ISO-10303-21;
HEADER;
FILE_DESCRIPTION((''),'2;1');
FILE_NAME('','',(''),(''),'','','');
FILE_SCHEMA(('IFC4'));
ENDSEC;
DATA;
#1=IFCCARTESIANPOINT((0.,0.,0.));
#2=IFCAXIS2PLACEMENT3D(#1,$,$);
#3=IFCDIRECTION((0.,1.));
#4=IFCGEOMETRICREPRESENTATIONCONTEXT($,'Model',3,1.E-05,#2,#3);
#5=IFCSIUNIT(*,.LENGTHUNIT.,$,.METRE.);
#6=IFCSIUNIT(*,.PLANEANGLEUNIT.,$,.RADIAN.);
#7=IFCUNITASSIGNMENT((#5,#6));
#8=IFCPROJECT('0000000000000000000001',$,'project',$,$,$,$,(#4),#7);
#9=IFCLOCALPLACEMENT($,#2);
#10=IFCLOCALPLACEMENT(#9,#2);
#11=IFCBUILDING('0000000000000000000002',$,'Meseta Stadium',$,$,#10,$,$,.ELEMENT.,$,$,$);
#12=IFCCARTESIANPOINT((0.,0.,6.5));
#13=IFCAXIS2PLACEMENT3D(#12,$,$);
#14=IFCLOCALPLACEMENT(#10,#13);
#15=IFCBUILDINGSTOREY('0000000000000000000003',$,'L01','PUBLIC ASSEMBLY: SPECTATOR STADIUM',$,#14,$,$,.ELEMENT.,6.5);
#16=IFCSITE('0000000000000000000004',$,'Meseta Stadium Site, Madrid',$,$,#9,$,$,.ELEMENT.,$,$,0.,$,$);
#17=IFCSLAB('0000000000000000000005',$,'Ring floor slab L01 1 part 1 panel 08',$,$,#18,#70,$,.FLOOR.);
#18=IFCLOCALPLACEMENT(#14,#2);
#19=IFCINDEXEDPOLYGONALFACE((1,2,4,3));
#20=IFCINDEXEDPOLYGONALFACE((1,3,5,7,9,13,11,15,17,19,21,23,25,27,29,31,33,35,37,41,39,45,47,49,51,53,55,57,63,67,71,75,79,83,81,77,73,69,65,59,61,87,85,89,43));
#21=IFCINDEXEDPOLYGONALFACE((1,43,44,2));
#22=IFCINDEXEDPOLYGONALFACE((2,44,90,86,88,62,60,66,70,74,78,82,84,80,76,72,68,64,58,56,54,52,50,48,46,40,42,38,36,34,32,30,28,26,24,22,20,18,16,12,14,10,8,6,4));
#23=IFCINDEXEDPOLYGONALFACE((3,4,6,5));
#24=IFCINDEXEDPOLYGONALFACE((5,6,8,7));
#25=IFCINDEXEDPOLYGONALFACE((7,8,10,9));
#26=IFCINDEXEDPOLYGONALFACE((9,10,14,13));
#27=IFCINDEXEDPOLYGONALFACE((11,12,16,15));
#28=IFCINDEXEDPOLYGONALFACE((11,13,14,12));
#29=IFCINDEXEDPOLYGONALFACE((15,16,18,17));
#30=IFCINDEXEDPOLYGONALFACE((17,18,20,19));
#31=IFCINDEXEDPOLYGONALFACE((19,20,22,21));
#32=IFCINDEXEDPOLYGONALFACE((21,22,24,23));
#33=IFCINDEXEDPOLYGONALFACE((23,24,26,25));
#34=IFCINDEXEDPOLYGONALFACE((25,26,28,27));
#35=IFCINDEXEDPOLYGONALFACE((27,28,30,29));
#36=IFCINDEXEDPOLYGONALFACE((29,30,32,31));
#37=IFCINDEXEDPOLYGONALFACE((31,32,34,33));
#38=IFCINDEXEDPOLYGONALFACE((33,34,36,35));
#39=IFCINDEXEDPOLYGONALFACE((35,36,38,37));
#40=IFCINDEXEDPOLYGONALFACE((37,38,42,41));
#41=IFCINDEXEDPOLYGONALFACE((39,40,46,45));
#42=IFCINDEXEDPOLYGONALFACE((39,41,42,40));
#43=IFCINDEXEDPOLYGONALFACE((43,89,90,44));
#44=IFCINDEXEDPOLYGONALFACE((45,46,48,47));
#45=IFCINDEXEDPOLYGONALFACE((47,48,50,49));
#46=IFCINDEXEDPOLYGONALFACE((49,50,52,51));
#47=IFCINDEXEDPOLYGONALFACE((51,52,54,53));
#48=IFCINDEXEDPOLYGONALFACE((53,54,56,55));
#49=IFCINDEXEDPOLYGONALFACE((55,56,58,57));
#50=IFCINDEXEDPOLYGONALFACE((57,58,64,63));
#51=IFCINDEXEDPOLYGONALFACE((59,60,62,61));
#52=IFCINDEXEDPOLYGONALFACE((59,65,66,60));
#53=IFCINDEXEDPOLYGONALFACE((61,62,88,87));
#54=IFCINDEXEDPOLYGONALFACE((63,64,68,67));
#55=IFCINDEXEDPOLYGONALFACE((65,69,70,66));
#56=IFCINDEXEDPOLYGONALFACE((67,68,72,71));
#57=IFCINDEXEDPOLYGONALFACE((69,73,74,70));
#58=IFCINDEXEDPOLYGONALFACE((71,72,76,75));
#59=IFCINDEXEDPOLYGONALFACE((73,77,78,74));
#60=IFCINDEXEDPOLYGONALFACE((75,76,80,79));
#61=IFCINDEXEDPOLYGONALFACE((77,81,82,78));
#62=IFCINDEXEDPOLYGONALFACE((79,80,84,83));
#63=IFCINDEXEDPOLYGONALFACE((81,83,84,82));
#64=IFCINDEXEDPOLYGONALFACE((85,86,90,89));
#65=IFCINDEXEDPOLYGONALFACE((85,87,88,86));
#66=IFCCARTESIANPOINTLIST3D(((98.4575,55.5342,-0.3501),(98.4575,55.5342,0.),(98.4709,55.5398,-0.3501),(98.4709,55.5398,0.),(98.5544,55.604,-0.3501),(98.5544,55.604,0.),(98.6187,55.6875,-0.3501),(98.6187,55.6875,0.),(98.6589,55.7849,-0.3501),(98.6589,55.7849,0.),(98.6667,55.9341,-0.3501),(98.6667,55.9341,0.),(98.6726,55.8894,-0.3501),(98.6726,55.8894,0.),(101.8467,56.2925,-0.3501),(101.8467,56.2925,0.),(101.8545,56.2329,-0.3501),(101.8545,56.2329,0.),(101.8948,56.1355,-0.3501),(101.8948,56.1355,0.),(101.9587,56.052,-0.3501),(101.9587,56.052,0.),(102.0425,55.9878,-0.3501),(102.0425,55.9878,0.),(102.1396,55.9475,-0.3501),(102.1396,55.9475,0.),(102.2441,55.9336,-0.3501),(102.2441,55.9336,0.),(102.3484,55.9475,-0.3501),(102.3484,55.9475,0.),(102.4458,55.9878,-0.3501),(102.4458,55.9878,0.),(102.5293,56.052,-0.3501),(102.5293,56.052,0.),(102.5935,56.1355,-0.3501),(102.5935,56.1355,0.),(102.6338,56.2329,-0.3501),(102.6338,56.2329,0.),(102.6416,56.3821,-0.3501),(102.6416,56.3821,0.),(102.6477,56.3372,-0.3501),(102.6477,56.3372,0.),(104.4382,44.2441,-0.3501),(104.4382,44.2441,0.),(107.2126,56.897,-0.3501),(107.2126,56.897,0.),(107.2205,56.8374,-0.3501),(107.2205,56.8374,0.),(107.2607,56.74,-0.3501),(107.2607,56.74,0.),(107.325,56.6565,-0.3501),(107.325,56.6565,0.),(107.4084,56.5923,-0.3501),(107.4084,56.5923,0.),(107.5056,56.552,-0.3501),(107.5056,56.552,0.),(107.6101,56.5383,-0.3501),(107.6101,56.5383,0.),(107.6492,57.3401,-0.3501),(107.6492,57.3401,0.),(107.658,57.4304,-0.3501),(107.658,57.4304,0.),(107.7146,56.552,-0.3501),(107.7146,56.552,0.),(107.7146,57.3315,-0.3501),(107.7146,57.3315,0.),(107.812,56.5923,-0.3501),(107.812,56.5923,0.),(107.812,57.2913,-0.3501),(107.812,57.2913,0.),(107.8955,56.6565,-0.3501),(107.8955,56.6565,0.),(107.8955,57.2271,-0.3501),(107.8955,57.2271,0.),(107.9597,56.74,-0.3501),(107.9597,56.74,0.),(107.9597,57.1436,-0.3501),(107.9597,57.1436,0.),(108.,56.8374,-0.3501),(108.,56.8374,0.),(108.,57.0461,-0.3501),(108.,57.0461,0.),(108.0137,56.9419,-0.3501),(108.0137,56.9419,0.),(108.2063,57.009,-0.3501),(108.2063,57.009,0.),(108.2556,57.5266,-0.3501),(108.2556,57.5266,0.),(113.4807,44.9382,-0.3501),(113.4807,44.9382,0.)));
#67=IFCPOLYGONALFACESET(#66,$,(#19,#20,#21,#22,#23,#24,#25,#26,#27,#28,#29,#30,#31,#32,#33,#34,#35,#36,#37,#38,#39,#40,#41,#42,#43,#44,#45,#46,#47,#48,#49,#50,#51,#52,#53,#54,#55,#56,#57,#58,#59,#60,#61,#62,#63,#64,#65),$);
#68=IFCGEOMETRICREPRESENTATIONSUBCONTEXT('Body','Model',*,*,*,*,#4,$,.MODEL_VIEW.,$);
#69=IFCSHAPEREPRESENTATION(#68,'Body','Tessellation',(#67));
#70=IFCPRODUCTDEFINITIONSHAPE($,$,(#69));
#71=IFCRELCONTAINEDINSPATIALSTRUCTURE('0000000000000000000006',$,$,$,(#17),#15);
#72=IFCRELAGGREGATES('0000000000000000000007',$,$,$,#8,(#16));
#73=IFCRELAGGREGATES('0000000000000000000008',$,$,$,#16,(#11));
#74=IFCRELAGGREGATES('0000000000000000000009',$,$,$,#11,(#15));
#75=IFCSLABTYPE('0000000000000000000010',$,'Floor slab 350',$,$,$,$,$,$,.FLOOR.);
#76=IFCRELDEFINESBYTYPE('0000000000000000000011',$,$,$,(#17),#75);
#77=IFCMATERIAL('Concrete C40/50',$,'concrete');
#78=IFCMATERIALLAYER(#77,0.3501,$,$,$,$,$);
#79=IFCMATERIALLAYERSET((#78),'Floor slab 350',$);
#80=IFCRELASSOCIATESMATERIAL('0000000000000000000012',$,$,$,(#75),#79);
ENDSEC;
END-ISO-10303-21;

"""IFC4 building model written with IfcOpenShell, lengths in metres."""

from ifc_helpers import new_model, si_unit, direction, frame, origin, place, context, subcontext, project, spatial, polyline, outline, extrude, material, layer, layer_set, type_object, element, save


model = new_model("IFC4")

# Units and contexts
model_context = context("Model", 3, precision=1e-05, world=origin(), true_north=direction((0.0, 1.0)))
body_context = subcontext(model_context, "Body", "Model", "MODEL_VIEW")
ifc_project = project(units=[si_unit("LENGTHUNIT", "METRE"), si_unit("PLANEANGLEUNIT", "RADIAN")], contexts=[model_context])

# Site, building, storey
site_placement = place(None, origin())
site = spatial("IfcSite", under=ifc_project, at=site_placement, Name="Meseta Stadium Site, Madrid", CompositionType="ELEMENT", RefElevation=0.0)
building_placement = place(site_placement, origin())
building = spatial("IfcBuilding", under=site, at=building_placement, Name="Meseta Stadium", CompositionType="ELEMENT")
storey_placement = place(building_placement, frame((0.0, 0.0, 6.5)))
storey = spatial("IfcBuildingStorey", under=building, at=storey_placement, Name="L01", Description="PUBLIC ASSEMBLY: SPECTATOR STADIUM", CompositionType="ELEMENT", Elevation=6.5)

# Slab
ifc_material_1 = material(Name="Concrete C40/50", Category="concrete")
ifc_layer_1 = layer(ifc_material_1, 0.3501)
ifc_layer_set_1 = layer_set([ifc_layer_1], Name="Floor slab 350")
slab_type_1 = type_object("IfcSlabType", Name="Floor slab 350", PredefinedType="FLOOR", material=ifc_layer_set_1)
slab_1_placement = place(storey_placement, frame((0.0, 0.0, -0.3501)))
element("IfcSlab", 1, at=slab_1_placement, inside=storey, type_object=slab_type_1, Name="Ring floor slab L01 1 part 1 panel 08", PredefinedType="FLOOR", context=body_context, shape_type="SweptSolid", body=[
    extrude(outline(polyline([(98.6667, 55.9341), (98.6726, 55.8894), (98.6589, 55.7849), (98.6187, 55.6875), (98.5544, 55.604), (98.4709, 55.5398), (98.4575, 55.5342), (104.4382, 44.2441), (113.4807, 44.9382), (108.2063, 57.009), (108.2556, 57.5266), (107.658, 57.4304), (107.6492, 57.3401), (107.7146, 57.3315), (107.812, 57.2913), (107.8955, 57.2271), (107.9597, 57.1436), (108.0, 57.0461), (108.0137, 56.9419), (108.0, 56.8374), (107.9597, 56.74), (107.8955, 56.6565), (107.812, 56.5923), (107.7146, 56.552), (107.6101, 56.5383), (107.5056, 56.552), (107.4084, 56.5923), (107.325, 56.6565), (107.2607, 56.74), (107.2205, 56.8374), (107.2126, 56.897), (102.6416, 56.3821), (102.6477, 56.3372), (102.6338, 56.2329), (102.5935, 56.1355), (102.5293, 56.052), (102.4458, 55.9878), (102.3484, 55.9475), (102.2441, 55.9336), (102.1396, 55.9475), (102.0425, 55.9878), (101.9587, 56.052), (101.8948, 56.1355), (101.8545, 56.2329), (101.8467, 56.2925), (98.6667, 55.9341)])), origin(), (0.0, 0.0, 1.0), 0.3501),
])

save(model, "model.ifc")
